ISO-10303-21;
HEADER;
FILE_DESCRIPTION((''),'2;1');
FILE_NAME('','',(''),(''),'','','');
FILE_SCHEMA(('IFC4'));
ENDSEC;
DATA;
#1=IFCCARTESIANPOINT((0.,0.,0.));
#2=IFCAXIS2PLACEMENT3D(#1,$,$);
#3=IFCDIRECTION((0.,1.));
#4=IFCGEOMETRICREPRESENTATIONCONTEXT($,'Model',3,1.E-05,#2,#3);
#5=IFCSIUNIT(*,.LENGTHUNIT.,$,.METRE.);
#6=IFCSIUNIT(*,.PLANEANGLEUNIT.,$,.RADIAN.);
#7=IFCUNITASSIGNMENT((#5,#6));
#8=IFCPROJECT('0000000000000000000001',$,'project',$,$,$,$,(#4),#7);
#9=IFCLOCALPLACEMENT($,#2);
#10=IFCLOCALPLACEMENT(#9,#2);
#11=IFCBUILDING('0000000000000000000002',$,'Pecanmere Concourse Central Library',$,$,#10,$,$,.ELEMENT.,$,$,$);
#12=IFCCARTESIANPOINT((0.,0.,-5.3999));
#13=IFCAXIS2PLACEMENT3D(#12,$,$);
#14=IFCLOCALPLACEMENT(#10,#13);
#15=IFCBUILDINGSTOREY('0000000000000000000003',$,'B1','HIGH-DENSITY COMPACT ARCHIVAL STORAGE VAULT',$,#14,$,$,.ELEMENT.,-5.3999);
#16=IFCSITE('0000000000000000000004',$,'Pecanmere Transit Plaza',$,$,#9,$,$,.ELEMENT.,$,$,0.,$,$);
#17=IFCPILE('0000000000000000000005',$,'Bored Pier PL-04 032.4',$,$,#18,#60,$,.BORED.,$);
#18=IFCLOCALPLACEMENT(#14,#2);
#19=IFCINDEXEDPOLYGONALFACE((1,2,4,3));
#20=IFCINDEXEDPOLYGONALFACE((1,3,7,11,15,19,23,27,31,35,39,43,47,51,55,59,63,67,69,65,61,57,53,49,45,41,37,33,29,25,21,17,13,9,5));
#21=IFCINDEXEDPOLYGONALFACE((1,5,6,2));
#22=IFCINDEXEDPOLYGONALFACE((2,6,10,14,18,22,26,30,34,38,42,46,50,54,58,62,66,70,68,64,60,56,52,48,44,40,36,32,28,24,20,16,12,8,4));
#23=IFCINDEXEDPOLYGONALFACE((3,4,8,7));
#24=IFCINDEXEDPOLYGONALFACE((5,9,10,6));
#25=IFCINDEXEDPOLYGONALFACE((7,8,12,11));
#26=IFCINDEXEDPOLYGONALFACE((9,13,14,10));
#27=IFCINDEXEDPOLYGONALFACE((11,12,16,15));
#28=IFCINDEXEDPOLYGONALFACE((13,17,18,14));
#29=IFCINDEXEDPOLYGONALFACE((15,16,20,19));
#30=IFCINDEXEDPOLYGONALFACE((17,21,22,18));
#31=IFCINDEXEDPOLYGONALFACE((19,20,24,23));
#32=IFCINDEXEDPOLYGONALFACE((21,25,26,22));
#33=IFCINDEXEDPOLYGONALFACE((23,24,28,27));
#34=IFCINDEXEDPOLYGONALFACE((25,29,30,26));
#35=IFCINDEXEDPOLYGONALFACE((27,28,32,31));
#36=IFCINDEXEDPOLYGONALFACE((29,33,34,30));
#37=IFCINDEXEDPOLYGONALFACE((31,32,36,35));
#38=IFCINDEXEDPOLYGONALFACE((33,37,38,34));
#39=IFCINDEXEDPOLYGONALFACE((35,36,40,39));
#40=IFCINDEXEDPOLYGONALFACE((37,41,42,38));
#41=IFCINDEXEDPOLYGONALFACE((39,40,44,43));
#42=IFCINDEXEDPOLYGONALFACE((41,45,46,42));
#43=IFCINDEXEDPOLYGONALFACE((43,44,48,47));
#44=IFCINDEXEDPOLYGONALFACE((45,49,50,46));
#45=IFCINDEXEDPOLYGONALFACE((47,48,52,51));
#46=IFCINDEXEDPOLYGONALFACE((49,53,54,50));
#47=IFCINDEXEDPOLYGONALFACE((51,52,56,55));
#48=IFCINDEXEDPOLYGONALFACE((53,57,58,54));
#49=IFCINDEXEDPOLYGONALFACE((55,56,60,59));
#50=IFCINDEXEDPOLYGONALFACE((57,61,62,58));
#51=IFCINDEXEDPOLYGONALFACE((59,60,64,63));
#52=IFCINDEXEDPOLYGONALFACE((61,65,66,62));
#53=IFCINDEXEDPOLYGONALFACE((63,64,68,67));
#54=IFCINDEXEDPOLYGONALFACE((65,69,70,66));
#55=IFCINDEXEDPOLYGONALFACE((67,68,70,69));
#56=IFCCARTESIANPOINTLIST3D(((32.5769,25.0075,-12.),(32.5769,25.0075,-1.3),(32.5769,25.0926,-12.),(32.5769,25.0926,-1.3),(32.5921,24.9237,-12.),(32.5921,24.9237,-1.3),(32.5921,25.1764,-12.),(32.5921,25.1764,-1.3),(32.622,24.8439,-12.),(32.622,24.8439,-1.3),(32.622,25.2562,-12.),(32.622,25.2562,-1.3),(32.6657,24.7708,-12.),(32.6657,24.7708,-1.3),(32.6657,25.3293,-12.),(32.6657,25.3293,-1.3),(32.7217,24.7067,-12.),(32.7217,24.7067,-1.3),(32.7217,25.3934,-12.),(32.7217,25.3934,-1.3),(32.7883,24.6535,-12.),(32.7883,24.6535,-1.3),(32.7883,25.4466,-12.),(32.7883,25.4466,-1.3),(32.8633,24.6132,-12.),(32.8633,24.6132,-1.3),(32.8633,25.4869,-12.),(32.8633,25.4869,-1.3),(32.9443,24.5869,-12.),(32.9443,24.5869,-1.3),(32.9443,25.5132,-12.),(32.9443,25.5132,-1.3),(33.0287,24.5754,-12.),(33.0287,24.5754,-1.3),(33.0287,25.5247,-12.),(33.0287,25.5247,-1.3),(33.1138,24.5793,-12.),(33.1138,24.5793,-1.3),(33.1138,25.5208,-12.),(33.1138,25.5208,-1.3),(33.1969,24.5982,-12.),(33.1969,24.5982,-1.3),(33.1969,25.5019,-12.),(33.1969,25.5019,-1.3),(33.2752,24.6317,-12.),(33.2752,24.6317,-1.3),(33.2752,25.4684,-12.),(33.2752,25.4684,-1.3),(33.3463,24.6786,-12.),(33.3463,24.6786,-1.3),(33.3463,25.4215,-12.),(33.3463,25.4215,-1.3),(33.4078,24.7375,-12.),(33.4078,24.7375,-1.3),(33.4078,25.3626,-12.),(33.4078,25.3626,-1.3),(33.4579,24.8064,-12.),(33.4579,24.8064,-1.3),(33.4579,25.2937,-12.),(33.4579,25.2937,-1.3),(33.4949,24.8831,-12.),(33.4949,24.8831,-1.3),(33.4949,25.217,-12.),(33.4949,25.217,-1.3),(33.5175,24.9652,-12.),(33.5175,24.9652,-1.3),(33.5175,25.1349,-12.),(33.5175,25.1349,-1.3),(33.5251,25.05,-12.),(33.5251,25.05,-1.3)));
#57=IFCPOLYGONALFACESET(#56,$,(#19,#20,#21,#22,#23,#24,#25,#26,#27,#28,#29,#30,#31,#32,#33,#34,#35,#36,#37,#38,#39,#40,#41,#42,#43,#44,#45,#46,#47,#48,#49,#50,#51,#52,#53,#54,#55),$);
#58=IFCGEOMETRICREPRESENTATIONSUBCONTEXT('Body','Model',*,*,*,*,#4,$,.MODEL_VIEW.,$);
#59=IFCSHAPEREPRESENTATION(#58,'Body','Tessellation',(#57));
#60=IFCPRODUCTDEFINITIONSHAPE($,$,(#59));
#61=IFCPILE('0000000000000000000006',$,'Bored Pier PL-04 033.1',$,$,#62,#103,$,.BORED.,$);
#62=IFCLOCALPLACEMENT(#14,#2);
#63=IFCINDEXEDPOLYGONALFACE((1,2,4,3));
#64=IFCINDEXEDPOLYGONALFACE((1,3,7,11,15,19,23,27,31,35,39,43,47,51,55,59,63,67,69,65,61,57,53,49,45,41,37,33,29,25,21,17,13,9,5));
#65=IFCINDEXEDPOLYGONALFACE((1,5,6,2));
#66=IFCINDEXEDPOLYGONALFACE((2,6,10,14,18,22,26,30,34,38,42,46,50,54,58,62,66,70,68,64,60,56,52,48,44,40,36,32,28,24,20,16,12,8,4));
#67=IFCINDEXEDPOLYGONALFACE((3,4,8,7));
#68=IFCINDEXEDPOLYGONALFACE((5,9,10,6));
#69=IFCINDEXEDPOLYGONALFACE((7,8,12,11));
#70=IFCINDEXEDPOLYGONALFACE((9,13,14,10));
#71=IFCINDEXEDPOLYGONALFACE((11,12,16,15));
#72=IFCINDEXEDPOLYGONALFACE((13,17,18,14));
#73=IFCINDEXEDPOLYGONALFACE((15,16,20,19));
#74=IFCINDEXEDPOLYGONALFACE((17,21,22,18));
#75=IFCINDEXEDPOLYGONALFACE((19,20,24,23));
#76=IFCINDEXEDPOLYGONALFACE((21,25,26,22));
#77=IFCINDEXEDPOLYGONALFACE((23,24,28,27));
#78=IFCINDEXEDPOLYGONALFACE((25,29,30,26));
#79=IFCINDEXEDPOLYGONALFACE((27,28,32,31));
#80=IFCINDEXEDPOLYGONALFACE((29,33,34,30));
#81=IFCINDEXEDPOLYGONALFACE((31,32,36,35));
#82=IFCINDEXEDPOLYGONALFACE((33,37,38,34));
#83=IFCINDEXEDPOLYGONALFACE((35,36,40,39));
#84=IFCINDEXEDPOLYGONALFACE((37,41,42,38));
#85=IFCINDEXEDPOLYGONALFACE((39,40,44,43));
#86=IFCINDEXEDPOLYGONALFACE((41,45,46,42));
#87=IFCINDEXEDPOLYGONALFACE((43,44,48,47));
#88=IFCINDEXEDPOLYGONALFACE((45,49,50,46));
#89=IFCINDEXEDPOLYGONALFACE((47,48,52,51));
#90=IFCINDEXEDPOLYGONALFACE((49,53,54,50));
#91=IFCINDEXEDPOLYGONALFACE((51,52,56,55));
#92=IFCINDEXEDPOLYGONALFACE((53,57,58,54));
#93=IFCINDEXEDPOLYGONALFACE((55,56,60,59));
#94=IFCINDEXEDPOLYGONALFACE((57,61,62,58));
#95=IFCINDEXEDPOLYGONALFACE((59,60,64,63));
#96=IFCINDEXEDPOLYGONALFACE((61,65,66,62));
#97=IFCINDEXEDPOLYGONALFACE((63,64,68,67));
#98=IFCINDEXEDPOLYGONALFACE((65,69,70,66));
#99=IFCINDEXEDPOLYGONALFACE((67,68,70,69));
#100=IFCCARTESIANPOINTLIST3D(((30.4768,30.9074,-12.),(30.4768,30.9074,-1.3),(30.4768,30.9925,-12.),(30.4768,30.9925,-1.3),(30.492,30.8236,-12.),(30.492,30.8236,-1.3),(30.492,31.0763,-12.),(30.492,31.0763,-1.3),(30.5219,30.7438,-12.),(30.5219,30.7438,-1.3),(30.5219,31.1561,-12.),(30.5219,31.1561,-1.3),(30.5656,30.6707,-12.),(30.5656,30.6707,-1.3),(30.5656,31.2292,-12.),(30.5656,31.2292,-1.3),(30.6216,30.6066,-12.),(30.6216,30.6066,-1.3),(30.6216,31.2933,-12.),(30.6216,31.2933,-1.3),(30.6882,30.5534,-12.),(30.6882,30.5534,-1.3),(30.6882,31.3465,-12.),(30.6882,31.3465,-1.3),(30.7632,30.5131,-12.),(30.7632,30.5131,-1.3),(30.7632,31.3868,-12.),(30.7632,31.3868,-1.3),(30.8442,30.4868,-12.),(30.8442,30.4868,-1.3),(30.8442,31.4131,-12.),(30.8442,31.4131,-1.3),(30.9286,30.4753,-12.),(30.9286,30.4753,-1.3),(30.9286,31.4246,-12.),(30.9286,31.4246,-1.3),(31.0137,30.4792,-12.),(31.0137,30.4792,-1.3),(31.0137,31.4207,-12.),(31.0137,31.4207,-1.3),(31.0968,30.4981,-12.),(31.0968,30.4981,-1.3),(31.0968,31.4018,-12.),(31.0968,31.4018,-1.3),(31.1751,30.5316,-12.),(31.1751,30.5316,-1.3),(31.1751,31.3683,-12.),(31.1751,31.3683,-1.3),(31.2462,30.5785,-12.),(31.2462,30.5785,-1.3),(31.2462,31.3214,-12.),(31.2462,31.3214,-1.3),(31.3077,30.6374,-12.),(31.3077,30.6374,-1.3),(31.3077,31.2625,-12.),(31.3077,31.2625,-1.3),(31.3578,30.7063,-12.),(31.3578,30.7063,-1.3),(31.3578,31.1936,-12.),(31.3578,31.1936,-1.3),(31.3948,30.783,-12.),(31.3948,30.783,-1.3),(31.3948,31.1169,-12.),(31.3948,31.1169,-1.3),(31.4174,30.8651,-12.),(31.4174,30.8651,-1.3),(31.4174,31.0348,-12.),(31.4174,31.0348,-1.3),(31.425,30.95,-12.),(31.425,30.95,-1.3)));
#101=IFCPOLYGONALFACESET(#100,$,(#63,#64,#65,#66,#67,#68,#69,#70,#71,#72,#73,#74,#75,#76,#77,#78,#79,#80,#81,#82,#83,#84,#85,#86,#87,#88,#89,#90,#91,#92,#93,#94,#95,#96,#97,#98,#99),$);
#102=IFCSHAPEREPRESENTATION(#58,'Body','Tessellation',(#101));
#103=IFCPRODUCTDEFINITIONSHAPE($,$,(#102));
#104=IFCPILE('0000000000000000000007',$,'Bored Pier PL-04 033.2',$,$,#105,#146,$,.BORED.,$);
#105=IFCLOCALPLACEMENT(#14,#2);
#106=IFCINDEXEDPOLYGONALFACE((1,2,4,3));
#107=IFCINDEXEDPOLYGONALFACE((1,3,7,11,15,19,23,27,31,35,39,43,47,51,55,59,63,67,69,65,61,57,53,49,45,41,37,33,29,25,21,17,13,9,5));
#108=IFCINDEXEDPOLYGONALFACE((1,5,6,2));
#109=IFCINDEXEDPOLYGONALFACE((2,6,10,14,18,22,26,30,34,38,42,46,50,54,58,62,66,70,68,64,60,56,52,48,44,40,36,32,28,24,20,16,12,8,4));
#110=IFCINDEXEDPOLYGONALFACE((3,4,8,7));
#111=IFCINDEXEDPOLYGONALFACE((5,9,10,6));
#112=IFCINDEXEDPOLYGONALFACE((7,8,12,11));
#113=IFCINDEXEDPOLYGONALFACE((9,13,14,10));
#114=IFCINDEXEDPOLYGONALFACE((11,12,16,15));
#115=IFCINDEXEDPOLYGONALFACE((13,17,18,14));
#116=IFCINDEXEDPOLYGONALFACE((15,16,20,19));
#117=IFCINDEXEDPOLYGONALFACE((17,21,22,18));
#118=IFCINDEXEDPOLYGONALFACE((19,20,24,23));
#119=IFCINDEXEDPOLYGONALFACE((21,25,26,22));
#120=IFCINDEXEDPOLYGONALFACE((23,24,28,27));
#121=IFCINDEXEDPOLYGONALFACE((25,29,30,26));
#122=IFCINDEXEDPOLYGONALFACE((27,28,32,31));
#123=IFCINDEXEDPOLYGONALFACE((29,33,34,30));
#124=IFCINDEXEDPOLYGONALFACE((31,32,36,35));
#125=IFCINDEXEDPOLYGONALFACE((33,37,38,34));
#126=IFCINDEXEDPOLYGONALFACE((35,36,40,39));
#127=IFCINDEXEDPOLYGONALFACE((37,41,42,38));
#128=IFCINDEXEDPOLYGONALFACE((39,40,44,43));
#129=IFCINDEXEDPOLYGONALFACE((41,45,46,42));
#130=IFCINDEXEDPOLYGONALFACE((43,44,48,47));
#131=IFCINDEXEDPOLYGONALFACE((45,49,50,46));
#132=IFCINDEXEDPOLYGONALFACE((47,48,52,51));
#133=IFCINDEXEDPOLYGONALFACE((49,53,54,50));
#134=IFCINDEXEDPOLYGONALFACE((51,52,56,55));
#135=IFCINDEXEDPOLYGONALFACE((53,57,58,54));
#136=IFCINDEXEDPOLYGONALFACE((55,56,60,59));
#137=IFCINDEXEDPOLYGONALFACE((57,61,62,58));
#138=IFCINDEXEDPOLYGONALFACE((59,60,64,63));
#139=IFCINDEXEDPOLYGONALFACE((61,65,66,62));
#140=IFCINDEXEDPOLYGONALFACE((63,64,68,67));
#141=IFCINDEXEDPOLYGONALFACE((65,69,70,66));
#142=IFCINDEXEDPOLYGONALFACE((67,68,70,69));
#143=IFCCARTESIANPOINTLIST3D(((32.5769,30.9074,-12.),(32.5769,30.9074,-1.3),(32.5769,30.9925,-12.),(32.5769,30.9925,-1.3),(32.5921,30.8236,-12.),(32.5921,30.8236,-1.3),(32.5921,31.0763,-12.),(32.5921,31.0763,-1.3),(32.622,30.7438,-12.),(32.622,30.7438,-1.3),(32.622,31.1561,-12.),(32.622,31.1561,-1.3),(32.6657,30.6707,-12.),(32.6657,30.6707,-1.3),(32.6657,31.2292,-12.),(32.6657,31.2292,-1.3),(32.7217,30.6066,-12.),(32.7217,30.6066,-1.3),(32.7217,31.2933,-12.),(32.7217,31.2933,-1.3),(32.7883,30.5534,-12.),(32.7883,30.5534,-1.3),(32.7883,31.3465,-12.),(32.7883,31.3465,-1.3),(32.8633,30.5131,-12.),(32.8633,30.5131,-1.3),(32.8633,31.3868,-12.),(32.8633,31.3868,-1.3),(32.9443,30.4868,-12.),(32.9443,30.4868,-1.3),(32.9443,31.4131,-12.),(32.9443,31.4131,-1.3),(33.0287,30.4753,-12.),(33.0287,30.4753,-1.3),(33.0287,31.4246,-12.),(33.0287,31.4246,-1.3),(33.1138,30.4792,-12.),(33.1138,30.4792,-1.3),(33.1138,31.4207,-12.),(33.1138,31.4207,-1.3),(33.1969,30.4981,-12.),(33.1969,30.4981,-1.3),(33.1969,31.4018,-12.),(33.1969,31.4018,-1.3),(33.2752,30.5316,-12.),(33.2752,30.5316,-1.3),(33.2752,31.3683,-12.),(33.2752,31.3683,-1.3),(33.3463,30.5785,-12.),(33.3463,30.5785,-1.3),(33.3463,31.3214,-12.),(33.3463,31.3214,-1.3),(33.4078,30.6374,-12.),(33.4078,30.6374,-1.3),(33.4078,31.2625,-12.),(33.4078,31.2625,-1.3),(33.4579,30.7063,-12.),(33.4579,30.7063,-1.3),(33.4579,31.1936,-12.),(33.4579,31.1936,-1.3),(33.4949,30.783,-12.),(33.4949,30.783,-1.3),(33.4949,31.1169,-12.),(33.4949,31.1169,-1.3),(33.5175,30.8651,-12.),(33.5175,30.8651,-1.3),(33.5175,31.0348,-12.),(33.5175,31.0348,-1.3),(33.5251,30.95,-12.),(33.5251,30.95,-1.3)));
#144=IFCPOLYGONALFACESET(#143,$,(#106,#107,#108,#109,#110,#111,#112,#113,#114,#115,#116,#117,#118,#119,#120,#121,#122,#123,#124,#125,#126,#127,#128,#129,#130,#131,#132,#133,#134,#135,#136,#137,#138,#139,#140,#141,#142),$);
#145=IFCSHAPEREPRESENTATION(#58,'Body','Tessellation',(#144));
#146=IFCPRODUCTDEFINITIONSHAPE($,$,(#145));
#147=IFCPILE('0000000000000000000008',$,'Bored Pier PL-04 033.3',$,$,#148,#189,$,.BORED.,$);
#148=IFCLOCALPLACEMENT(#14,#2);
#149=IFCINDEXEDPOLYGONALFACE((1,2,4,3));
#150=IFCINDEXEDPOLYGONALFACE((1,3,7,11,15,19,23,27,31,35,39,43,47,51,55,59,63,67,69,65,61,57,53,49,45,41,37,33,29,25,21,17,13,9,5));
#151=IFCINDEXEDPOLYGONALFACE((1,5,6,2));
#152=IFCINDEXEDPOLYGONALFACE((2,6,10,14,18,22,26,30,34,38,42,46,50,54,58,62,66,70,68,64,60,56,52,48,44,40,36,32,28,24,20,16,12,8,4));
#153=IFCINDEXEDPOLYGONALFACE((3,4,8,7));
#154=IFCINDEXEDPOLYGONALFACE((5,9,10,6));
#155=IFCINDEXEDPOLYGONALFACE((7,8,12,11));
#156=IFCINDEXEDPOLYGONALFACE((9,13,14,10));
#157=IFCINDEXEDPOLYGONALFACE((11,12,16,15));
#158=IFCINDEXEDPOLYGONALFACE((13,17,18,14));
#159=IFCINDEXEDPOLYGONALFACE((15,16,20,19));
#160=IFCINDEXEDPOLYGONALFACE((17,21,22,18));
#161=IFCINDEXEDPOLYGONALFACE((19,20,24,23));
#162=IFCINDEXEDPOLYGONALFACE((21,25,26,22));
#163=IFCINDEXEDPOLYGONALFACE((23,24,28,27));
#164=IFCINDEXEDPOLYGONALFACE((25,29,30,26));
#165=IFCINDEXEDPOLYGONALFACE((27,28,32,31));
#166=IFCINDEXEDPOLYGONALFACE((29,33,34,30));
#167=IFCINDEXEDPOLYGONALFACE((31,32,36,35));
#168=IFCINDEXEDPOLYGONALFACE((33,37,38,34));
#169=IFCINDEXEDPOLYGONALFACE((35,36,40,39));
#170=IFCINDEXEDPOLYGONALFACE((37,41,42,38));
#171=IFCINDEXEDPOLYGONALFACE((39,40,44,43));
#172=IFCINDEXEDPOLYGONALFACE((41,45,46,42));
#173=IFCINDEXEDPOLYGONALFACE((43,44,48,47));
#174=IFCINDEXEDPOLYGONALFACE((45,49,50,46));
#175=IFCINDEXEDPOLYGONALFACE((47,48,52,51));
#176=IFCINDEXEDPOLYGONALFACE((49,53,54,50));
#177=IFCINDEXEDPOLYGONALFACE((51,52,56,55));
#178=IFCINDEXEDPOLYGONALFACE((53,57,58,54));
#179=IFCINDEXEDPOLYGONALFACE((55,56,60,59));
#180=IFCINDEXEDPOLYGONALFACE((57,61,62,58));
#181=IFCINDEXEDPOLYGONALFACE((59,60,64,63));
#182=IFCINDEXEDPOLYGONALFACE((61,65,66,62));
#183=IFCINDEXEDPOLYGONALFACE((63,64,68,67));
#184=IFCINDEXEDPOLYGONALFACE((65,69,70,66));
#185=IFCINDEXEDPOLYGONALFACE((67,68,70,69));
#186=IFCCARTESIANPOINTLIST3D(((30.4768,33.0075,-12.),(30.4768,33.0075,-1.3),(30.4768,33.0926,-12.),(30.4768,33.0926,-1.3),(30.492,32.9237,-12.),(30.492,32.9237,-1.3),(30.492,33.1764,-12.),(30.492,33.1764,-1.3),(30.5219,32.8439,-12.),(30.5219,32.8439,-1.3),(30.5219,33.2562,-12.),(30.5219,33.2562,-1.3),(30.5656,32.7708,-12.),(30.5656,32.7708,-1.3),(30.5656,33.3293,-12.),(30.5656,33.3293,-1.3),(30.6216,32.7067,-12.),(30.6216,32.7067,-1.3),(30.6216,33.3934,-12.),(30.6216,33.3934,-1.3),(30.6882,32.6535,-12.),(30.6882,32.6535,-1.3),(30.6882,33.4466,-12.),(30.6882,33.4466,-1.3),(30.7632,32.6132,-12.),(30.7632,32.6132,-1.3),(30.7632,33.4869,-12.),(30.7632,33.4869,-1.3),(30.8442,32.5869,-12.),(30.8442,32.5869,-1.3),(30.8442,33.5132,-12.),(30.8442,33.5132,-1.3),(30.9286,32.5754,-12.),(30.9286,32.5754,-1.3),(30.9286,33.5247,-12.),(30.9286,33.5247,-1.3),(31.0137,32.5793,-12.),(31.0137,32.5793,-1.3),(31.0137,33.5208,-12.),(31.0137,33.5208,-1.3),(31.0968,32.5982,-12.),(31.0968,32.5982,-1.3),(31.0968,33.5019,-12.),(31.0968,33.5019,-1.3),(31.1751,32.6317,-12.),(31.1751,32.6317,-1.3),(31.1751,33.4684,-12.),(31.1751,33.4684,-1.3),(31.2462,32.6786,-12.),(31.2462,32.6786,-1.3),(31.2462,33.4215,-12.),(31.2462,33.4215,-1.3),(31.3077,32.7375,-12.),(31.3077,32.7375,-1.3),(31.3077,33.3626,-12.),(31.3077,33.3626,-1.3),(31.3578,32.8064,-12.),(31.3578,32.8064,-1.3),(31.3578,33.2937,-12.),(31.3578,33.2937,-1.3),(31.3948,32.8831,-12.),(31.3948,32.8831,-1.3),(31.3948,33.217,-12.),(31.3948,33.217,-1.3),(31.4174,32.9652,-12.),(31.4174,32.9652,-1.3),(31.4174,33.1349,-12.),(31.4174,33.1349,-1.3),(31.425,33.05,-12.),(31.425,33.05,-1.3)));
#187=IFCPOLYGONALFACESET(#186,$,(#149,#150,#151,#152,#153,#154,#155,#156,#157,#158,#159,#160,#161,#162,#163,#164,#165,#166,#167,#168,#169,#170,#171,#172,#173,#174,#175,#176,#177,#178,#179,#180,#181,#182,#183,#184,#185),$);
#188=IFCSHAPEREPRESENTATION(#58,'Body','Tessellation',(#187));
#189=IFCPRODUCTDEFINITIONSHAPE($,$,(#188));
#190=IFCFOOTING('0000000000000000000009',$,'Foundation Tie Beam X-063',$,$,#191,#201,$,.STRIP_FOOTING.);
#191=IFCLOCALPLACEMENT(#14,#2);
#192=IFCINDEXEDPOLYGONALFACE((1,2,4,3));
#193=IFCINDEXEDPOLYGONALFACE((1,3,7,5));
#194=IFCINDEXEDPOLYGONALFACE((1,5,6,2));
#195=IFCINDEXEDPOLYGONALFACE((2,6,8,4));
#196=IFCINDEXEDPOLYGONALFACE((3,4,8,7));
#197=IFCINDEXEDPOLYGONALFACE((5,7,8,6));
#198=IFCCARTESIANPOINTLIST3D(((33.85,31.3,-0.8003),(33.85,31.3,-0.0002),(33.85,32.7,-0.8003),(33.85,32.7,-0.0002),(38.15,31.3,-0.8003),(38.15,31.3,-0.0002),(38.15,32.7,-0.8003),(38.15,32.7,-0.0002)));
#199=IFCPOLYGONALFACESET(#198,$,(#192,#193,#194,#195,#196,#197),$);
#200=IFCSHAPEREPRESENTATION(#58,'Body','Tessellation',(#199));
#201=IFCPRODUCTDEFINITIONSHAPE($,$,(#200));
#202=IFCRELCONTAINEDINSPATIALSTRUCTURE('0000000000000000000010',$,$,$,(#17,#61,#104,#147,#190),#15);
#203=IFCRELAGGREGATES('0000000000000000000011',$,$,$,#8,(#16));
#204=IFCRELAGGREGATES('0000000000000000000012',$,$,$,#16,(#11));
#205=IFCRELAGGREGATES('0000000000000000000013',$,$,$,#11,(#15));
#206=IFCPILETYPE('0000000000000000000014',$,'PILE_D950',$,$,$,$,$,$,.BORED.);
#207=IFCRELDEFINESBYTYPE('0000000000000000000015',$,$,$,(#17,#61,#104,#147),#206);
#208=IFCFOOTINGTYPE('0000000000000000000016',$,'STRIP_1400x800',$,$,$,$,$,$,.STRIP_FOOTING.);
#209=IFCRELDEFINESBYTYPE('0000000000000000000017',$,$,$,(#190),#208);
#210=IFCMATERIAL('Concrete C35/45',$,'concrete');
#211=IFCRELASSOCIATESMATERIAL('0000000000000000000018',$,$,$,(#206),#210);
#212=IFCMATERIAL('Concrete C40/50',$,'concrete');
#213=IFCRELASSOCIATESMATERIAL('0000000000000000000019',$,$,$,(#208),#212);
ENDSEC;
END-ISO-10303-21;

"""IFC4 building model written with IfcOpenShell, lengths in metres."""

from ifc_helpers import new_model, si_unit, direction, frame, origin, origin_2d, place, context, subcontext, project, spatial, rectangle, circle, extrude, material, material_profile, profile_set, type_object, element, save


model = new_model("IFC4")

# Units and contexts
model_context = context("Model", 3, precision=1e-05, world=origin(), true_north=direction((0.0, 1.0)))
body_context = subcontext(model_context, "Body", "Model", "MODEL_VIEW")
ifc_project = project(units=[si_unit("LENGTHUNIT", "METRE"), si_unit("PLANEANGLEUNIT", "RADIAN")], contexts=[model_context])

# Site, building, storey
site_placement = place(None, origin())
site = spatial("IfcSite", under=ifc_project, at=site_placement, Name="Pecanmere Transit Plaza", CompositionType="ELEMENT", RefElevation=0.0)
building_placement = place(site_placement, origin())
building = spatial("IfcBuilding", under=site, at=building_placement, Name="Pecanmere Concourse Central Library", CompositionType="ELEMENT")
storey_placement = place(building_placement, frame((0.0, 0.0, -5.3999)))
storey = spatial("IfcBuildingStorey", under=building, at=storey_placement, Name="B1", Description="HIGH-DENSITY COMPACT ARCHIVAL STORAGE VAULT", CompositionType="ELEMENT", Elevation=-5.3999)

# Piles
ifc_material_1 = material(Name="Concrete C35/45", Category="concrete")
ifc_material_profile_1 = material_profile(ifc_material_1, circle(Radius=0.4751, at=origin_2d()), Name="PIER D950")
ifc_profile_set_1 = profile_set([ifc_material_profile_1], Name="Concrete C35/45")
pile_type = type_object("IfcPileType", Name="PILE_D950", PredefinedType="BORED", material=ifc_profile_set_1)
for number, where, z_axis, x_axis, name in (
    (1, (33.05, 25.05, -1.3), (0.0, 0.0, -1.0), (1.0, 0.0, 0.0), "Bored Pier PL-04 032.4"),
    (2, (30.95, 30.95, -1.3), (0.0, 0.0, -1.0), (1.0, 0.0, 0.0), "Bored Pier PL-04 033.1"),
    (3, (33.05, 30.95, -1.3), (0.0, 0.0, -1.0), (1.0, 0.0, 0.0), "Bored Pier PL-04 033.2"),
    (4, (30.95, 33.05, -1.3), (0.0, 0.0, -1.0), (1.0, 0.0, 0.0), "Bored Pier PL-04 033.3"),
):
    element("IfcPile", number, at=place(storey_placement, frame(where, z_axis=z_axis, x_axis=x_axis)), inside=storey, type_object=pile_type, Name=name, PredefinedType="BORED", context=body_context, shape_type="SweptSolid", body=[
        extrude(circle(Radius=0.4751, at=origin_2d()), origin(), (0.0, 0.0, 1.0), 10.7),
    ])

# Footing
ifc_material_2 = material(Name="Concrete C40/50", Category="concrete")
ifc_material_profile_2 = material_profile(ifc_material_2, rectangle(XDim=1.3999, YDim=0.8, at=origin_2d()), Name="RC 1400x800")
ifc_profile_set_2 = profile_set([ifc_material_profile_2], Name="Concrete C40/50")
footing_type_1 = type_object("IfcFootingType", Name="STRIP_1400x800", PredefinedType="STRIP_FOOTING", material=ifc_profile_set_2)
footing_placement = place(storey_placement, frame((36.0, 32.0, -0.8003), z_axis=(0.0, 0.0, 1.0), x_axis=(1.0, 0.0, 0.0)))
element("IfcFooting", 5, at=footing_placement, inside=storey, type_object=footing_type_1, Name="Foundation Tie Beam X-063", PredefinedType="STRIP_FOOTING", context=body_context, shape_type="SweptSolid", body=[
    extrude(rectangle(XDim=4.3, YDim=1.3999, at=origin_2d()), origin(), (0.0, 0.0, 1.0), 0.8),
])

save(model, "model.ifc")
